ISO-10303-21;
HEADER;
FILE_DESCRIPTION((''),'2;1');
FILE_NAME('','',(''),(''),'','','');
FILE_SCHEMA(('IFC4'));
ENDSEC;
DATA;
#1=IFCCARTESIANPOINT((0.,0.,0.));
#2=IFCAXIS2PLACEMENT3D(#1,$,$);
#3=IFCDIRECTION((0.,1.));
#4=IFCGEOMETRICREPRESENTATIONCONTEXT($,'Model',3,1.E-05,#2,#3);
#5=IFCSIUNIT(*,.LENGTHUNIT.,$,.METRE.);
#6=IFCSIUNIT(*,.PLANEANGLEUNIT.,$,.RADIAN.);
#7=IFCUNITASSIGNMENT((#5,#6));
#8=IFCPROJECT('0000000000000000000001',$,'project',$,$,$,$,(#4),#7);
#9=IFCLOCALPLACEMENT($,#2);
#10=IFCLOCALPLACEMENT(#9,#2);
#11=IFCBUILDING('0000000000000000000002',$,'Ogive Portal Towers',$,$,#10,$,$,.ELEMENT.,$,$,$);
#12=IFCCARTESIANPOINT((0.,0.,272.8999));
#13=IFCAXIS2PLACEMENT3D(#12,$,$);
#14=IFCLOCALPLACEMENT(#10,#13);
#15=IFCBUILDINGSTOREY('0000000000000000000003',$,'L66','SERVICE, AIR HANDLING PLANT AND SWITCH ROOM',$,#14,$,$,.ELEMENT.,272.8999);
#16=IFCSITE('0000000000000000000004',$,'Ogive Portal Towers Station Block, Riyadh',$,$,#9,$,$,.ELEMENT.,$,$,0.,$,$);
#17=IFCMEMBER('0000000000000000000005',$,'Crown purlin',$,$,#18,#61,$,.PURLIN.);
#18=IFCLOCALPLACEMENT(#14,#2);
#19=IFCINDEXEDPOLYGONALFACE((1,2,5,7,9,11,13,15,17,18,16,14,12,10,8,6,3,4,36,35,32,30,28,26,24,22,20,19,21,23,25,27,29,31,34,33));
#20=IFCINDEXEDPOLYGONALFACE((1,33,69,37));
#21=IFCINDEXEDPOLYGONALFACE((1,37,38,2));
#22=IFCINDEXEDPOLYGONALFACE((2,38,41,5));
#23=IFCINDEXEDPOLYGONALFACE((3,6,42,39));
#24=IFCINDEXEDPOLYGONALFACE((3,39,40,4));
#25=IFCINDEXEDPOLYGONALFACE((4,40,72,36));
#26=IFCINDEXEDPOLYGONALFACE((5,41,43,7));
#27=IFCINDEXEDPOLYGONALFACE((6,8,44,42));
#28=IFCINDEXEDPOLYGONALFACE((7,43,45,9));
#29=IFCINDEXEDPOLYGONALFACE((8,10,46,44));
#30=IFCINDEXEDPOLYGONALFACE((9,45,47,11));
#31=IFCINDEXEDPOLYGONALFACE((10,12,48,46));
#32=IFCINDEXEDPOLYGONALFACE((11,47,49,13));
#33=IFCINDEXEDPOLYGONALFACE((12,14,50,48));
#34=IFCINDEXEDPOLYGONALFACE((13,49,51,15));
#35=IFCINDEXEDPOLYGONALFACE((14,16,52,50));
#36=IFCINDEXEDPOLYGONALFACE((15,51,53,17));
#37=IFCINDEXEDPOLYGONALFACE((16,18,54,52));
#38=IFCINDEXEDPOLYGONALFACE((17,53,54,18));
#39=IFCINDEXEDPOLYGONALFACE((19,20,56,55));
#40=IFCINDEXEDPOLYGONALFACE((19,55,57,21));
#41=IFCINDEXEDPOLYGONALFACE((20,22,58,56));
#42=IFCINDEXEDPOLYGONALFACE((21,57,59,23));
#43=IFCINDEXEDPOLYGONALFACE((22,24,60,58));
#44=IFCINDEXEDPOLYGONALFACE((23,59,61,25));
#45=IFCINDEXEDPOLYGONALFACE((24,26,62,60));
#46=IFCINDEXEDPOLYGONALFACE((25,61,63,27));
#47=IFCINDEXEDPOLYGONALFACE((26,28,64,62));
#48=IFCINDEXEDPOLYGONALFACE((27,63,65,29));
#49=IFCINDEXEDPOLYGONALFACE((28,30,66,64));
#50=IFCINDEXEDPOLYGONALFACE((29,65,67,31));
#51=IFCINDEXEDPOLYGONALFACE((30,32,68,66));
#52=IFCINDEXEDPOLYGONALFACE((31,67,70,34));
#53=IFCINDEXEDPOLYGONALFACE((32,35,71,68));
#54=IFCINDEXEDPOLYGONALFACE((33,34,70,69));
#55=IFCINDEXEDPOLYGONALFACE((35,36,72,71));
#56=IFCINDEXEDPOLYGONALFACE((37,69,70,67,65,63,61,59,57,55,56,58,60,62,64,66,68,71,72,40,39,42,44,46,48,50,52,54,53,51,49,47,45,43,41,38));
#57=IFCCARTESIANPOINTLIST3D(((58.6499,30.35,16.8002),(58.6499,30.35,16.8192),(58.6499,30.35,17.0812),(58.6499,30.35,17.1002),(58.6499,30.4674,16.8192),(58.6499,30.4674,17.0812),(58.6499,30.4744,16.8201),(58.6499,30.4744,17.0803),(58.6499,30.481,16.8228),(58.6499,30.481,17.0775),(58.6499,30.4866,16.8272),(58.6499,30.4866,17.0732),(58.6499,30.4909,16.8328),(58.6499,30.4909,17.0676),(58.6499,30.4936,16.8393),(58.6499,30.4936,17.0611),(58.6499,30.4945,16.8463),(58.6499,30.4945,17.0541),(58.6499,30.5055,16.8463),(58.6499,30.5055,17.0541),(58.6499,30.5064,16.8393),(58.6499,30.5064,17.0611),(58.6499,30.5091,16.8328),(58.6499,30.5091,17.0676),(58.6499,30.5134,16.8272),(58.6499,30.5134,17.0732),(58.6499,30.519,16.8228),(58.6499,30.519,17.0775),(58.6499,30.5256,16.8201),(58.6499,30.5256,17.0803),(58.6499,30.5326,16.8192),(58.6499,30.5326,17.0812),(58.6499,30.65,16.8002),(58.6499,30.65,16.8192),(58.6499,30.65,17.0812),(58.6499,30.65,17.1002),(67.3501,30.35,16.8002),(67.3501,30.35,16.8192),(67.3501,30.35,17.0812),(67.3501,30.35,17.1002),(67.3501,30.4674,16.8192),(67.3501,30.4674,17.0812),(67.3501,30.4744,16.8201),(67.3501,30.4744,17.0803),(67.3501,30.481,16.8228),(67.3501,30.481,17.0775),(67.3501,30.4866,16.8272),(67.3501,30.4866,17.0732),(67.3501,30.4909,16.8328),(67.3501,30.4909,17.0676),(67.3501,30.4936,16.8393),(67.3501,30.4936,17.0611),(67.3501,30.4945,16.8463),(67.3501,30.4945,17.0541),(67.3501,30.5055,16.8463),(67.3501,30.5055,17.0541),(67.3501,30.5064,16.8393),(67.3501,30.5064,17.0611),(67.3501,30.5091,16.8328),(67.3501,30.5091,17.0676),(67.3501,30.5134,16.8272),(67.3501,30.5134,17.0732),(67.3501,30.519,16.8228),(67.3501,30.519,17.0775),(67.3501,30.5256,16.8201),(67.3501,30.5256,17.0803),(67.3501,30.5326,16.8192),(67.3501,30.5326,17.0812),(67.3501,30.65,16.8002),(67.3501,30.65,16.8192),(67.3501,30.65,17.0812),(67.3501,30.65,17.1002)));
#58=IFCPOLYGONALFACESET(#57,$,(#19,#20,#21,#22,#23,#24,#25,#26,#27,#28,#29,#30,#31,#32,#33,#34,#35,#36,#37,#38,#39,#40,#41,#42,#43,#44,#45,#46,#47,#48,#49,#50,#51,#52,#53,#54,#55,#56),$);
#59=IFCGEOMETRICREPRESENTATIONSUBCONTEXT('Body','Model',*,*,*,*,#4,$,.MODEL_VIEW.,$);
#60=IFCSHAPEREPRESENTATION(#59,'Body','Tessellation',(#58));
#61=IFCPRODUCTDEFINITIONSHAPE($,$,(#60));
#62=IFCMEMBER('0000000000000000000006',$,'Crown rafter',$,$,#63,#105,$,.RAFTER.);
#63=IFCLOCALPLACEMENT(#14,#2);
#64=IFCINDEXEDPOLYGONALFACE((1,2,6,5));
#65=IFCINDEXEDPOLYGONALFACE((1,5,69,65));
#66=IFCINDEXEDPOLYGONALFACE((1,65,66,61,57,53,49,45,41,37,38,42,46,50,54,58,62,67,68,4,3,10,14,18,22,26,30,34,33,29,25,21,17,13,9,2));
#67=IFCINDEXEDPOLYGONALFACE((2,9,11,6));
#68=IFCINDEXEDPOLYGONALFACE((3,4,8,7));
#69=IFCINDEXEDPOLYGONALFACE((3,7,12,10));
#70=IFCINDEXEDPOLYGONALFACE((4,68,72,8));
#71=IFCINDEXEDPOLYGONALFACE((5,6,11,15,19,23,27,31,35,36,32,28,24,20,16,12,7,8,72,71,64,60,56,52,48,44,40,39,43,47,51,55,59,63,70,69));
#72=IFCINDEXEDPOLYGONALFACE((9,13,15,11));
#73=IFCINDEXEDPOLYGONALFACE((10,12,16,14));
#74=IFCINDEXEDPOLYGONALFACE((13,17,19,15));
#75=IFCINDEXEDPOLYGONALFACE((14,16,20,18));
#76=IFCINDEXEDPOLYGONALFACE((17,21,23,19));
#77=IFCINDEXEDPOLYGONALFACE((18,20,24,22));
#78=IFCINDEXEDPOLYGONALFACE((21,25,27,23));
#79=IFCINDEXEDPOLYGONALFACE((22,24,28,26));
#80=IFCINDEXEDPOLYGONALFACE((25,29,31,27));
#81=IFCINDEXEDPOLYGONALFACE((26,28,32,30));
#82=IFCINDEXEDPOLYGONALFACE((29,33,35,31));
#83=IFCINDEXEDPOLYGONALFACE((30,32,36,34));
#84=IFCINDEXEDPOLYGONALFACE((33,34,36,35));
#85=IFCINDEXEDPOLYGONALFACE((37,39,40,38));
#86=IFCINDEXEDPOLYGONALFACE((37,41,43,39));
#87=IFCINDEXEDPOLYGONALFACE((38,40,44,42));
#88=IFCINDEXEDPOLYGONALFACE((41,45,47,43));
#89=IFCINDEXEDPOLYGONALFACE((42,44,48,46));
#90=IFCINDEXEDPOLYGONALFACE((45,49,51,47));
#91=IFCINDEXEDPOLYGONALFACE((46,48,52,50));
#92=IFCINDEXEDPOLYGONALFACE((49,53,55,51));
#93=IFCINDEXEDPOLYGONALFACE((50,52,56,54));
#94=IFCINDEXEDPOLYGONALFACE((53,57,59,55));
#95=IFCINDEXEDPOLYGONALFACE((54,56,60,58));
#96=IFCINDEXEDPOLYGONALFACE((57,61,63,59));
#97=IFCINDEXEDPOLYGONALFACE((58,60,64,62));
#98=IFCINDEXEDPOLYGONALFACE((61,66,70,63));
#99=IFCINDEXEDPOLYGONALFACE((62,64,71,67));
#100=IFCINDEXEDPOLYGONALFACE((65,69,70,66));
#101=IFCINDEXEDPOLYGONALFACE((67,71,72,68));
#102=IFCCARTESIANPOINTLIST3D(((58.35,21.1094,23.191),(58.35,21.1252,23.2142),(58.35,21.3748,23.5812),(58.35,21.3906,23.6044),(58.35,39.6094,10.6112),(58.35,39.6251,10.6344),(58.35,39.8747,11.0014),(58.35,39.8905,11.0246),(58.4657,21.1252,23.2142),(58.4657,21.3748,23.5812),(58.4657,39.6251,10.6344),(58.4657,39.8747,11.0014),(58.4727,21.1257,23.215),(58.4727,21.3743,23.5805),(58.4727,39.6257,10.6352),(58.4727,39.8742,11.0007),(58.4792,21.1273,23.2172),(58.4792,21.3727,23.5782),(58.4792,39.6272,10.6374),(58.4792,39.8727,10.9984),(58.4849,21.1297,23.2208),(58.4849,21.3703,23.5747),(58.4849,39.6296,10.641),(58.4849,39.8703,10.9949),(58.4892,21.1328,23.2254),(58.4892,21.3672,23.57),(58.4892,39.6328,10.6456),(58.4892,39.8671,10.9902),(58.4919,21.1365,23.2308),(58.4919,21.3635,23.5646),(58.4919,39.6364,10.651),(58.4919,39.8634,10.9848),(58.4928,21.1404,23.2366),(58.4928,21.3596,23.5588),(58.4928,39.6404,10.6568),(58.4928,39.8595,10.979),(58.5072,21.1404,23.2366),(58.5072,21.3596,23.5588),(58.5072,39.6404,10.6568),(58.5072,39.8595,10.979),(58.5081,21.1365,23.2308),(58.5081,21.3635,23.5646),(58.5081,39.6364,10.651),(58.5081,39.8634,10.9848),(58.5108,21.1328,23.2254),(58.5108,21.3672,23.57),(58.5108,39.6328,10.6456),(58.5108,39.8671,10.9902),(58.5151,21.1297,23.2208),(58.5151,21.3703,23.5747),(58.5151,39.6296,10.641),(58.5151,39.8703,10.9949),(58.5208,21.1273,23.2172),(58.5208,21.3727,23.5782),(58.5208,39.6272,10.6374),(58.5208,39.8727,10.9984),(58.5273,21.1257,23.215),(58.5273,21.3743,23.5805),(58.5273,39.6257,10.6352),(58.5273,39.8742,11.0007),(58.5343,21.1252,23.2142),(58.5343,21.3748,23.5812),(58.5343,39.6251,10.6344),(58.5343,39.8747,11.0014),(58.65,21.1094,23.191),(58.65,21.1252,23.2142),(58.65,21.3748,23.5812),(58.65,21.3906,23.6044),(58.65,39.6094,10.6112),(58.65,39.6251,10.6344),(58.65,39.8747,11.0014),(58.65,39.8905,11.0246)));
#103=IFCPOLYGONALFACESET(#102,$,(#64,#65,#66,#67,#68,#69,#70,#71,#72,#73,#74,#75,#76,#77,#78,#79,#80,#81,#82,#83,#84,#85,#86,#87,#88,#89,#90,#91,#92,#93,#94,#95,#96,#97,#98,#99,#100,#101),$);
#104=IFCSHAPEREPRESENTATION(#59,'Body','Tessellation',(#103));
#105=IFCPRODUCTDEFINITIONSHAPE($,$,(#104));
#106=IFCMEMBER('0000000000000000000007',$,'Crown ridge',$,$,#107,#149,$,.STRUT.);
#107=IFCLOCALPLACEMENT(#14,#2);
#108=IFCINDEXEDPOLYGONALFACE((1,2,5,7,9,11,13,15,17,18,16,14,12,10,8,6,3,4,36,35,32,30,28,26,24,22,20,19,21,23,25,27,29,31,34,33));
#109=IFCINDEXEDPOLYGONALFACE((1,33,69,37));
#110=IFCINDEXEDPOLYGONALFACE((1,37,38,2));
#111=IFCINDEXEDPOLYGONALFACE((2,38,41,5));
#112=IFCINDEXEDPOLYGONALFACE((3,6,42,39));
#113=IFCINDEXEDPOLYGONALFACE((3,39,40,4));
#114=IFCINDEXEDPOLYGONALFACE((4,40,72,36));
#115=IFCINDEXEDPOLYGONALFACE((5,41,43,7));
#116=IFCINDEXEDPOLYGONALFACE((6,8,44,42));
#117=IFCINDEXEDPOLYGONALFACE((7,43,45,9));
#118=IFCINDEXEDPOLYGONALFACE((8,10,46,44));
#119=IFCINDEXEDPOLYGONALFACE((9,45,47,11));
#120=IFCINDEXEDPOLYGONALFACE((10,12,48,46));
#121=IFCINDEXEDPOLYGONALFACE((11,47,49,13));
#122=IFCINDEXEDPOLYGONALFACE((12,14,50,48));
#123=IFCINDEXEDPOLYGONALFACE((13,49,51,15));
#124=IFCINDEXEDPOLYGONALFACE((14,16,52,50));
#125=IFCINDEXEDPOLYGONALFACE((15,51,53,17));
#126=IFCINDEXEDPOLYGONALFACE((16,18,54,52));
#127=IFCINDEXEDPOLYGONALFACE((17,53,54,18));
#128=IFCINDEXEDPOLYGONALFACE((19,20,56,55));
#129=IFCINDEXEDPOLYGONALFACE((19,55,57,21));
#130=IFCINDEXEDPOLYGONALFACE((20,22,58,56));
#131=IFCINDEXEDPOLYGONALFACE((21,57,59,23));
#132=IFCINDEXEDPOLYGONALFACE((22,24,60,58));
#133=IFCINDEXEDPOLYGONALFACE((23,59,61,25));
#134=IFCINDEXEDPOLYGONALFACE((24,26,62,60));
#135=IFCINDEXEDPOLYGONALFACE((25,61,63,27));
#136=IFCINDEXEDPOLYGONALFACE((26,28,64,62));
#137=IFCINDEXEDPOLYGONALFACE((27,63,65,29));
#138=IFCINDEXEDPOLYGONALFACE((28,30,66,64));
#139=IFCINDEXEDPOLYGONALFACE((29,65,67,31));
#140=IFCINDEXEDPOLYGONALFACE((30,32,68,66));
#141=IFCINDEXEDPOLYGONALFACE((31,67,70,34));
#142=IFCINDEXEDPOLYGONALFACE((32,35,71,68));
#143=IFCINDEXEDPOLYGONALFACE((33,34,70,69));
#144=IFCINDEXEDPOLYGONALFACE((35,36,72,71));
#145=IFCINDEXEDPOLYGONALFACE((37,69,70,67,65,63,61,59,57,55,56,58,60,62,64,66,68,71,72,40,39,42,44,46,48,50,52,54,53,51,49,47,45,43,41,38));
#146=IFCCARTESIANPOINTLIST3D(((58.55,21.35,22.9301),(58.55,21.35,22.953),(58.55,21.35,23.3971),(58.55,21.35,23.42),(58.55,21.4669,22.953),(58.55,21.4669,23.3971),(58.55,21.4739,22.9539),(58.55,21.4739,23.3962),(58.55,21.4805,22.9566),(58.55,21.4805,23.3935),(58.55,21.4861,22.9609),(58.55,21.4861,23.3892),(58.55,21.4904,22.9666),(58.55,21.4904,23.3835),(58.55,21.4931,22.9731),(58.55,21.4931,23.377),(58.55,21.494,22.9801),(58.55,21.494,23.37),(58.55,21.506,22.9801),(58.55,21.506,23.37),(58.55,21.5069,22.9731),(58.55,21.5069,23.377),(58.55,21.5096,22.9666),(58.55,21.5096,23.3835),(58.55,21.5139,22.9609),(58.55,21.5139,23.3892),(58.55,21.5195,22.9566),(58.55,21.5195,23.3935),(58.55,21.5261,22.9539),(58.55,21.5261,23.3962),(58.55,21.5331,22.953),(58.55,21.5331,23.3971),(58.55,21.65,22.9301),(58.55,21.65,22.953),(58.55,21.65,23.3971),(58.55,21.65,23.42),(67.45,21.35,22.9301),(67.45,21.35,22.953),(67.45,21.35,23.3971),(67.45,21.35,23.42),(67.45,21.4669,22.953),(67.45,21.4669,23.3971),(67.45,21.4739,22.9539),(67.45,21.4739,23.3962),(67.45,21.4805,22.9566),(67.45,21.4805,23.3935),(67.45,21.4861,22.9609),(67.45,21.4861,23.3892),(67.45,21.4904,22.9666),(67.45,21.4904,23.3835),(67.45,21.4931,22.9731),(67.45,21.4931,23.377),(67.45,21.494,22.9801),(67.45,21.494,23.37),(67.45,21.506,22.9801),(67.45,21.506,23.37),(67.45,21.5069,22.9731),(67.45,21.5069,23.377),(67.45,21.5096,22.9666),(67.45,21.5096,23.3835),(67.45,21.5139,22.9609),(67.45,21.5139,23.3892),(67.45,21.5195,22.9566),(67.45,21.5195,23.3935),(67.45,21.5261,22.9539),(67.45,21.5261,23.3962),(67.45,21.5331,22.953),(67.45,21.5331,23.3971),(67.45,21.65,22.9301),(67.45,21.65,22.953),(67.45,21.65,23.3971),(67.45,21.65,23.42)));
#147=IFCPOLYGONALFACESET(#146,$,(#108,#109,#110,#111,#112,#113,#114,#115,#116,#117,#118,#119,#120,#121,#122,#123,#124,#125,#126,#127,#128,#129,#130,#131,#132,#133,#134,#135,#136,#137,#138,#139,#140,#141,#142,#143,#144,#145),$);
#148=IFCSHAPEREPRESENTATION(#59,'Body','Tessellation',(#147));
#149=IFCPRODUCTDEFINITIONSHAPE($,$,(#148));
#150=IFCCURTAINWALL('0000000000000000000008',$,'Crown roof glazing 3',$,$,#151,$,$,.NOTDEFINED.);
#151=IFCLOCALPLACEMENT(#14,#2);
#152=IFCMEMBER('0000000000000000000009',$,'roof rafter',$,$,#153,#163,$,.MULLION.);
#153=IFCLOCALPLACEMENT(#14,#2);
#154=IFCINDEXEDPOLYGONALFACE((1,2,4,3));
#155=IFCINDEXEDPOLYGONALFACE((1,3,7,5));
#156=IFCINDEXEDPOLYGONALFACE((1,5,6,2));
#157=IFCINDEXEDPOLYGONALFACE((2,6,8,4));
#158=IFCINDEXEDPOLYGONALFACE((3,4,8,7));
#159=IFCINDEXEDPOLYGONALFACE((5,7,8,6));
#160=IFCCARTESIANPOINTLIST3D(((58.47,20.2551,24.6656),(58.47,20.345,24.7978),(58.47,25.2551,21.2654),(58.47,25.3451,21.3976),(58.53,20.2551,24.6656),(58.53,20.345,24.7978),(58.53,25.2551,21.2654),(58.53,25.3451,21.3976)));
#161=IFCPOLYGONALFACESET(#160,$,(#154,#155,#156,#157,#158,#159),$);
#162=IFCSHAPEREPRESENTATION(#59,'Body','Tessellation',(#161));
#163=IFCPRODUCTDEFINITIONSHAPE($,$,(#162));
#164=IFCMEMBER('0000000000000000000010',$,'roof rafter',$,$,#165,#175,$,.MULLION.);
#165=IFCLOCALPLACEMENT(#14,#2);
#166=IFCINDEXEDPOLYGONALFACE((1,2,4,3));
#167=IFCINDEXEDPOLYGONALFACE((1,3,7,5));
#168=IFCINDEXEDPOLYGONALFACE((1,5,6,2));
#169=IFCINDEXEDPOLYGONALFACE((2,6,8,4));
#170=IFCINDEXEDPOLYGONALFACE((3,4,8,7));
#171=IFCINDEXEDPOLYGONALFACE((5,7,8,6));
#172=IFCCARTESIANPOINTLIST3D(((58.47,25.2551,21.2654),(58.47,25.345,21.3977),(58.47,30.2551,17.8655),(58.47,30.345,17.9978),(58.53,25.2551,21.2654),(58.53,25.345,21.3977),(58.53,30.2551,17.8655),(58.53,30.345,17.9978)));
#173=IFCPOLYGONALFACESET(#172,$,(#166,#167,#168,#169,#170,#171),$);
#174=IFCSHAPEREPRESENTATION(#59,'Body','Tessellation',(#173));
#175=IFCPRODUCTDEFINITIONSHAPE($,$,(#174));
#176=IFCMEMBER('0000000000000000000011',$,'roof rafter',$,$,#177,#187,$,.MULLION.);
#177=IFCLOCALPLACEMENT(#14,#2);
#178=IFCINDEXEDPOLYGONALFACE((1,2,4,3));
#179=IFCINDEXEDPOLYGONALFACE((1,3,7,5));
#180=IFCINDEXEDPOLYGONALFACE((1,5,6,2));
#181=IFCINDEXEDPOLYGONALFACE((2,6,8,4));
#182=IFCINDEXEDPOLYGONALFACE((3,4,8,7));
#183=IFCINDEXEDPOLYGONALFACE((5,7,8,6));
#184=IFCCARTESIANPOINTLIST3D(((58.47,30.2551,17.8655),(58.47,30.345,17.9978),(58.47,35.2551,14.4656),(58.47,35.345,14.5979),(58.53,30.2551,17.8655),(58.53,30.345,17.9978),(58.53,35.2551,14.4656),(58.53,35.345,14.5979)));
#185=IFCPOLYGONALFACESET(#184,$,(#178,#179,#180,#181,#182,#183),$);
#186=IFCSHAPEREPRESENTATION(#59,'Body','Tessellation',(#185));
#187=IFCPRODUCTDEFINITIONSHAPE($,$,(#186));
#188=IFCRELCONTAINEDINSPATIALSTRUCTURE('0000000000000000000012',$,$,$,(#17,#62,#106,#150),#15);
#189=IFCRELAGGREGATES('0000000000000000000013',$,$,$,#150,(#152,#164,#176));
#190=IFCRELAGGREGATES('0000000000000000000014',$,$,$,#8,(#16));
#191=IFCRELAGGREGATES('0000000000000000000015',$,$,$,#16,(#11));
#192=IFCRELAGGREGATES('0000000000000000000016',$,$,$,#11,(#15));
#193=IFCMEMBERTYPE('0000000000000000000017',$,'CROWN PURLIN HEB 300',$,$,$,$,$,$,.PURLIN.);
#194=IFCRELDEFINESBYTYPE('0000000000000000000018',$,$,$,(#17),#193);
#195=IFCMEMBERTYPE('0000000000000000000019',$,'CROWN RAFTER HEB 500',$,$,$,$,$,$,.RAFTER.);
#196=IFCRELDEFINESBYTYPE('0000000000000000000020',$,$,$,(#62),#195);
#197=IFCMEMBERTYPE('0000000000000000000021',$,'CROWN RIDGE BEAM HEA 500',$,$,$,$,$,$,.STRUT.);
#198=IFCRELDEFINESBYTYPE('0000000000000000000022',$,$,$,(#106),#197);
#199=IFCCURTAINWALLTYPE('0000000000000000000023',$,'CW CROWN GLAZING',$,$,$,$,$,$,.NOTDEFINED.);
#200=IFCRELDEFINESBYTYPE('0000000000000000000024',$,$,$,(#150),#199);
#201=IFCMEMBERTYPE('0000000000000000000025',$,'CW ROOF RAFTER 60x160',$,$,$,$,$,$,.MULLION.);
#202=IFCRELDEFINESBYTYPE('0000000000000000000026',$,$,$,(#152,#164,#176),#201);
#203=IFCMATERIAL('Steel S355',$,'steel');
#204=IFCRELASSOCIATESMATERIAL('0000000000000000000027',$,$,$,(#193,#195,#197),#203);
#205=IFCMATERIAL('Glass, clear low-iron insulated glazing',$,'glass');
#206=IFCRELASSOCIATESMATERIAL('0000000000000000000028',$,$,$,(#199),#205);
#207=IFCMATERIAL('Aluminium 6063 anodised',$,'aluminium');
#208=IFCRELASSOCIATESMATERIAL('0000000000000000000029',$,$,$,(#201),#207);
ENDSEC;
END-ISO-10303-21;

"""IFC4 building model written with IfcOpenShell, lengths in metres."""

from ifc_helpers import new_model, si_unit, direction, frame, origin, origin_2d, place, context, subcontext, project, spatial, rectangle, i_section, extrude, material, material_profile, profile_set, type_object, element, aggregate, save


model = new_model("IFC4")

# Units and contexts
model_context = context("Model", 3, precision=1e-05, world=origin(), true_north=direction((0.0, 1.0)))
body_context = subcontext(model_context, "Body", "Model", "MODEL_VIEW")
ifc_project = project(units=[si_unit("LENGTHUNIT", "METRE"), si_unit("PLANEANGLEUNIT", "RADIAN")], contexts=[model_context])

# Site, building, storey
site_placement = place(None, origin())
site = spatial("IfcSite", under=ifc_project, at=site_placement, Name="Ogive Portal Towers Station Block, Riyadh", CompositionType="ELEMENT", RefElevation=0.0)
building_placement = place(site_placement, origin())
building = spatial("IfcBuilding", under=site, at=building_placement, Name="Ogive Portal Towers", CompositionType="ELEMENT")
storey_placement = place(building_placement, frame((0.0, 0.0, 272.8999)))
storey = spatial("IfcBuildingStorey", under=building, at=storey_placement, Name="L66", Description="SERVICE, AIR HANDLING PLANT AND SWITCH ROOM", CompositionType="ELEMENT", Elevation=272.8999)

# Members
ifc_material_1 = material(Name="Steel S355", Category="steel")
ifc_material_profile_1 = material_profile(ifc_material_1, i_section(OverallWidth=0.3, OverallDepth=0.3, WebThickness=0.011, FlangeThickness=0.019, FilletRadius=0.0271, at=origin_2d()), Name="HEB 300")
ifc_profile_set_1 = profile_set([ifc_material_profile_1], Name="Steel S355")
member_type_1 = type_object("IfcMemberType", Name="CROWN PURLIN HEB 300", PredefinedType="PURLIN", material=ifc_profile_set_1)
member_1_placement = place(storey_placement, frame((58.6499, 30.5, 16.9502), z_axis=(1.0, 0.0, 0.0), x_axis=(0.0, 1.0, 0.0)))
element("IfcMember", 1, at=member_1_placement, inside=storey, type_object=member_type_1, Name="Crown purlin", PredefinedType="PURLIN", context=body_context, shape_type="SweptSolid", body=[
    extrude(i_section(OverallWidth=0.3, OverallDepth=0.3, WebThickness=0.011, FlangeThickness=0.019, FilletRadius=0.0271, at=origin_2d()), origin(), (0.0, 0.0, 1.0), 8.7002),
])
ifc_material_profile_2 = material_profile(ifc_material_1, i_section(OverallWidth=0.3, OverallDepth=0.5, WebThickness=0.0144, FlangeThickness=0.0281, FilletRadius=0.0271, at=origin_2d()), Name="HEB 500")
ifc_profile_set_2 = profile_set([ifc_material_profile_2], Name="Steel S355")
member_type_2 = type_object("IfcMemberType", Name="CROWN RAFTER HEB 500", PredefinedType="RAFTER", material=ifc_profile_set_2)
member_2_placement = place(storey_placement, frame((58.5, 21.25, 23.3977), z_axis=(0.0, 0.82693, -0.562305), x_axis=(-1.0, 0.0, 0.0)))
element("IfcMember", 2, at=member_2_placement, inside=storey, type_object=member_type_2, Name="Crown rafter", PredefinedType="RAFTER", context=body_context, shape_type="SweptSolid", body=[
    extrude(i_section(OverallWidth=0.3, OverallDepth=0.5, WebThickness=0.0144, FlangeThickness=0.0281, FilletRadius=0.0271, at=origin_2d()), origin(), (0.0, 0.0, 1.0), 22.3718),
])
ifc_material_profile_3 = material_profile(ifc_material_1, i_section(OverallWidth=0.3, OverallDepth=0.49, WebThickness=0.012, FlangeThickness=0.0229, FilletRadius=0.0271, at=origin_2d()), Name="HEA 500")
ifc_profile_set_3 = profile_set([ifc_material_profile_3], Name="Steel S355")
member_type_3 = type_object("IfcMemberType", Name="CROWN RIDGE BEAM HEA 500", PredefinedType="STRUT", material=ifc_profile_set_3)
member_3_placement = place(storey_placement, frame((58.55, 21.5, 23.175), z_axis=(1.0, 0.0, 0.0), x_axis=(0.0, 1.0, 0.0)))
element("IfcMember", 3, at=member_3_placement, inside=storey, type_object=member_type_3, Name="Crown ridge", PredefinedType="STRUT", context=body_context, shape_type="SweptSolid", body=[
    extrude(i_section(OverallWidth=0.3, OverallDepth=0.49, WebThickness=0.012, FlangeThickness=0.0229, FilletRadius=0.0271, at=origin_2d()), origin(), (0.0, 0.0, 1.0), 8.8999),
])

# Curtain wall, members
ifc_material_2 = material(Name="Glass, clear low-iron insulated glazing", Category="glass")
curtain_wall_type = type_object("IfcCurtainWallType", Name="CW CROWN GLAZING", PredefinedType="NOTDEFINED", material=ifc_material_2)
curtain_wall_placement = place(storey_placement, origin())
curtain_wall = element("IfcCurtainWall", 4, at=curtain_wall_placement, inside=storey, type_object=curtain_wall_type, Name="Crown roof glazing 3", PredefinedType="NOTDEFINED")
ifc_material_3 = material(Name="Aluminium 6063 anodised", Category="aluminium")
ifc_material_profile_4 = material_profile(ifc_material_3, rectangle(XDim=0.0601, YDim=0.1599, at=origin_2d()), Name="AL 60x160 rafter")
ifc_profile_set_4 = profile_set([ifc_material_profile_4], Name="Aluminium 6063 anodised")
member_type_4 = type_object("IfcMemberType", Name="CW ROOF RAFTER 60x160", PredefinedType="MULLION", material=ifc_profile_set_4)
member_4_placement = place(storey_placement, frame((58.5, 20.3, 24.7317), z_axis=(0.0, 0.826915, -0.562327), x_axis=(-1.0, 0.0, 0.0)))
member_4 = element("IfcMember", 5, at=member_4_placement, type_object=member_type_4, Name="roof rafter", PredefinedType="MULLION", context=body_context, shape_type="SweptSolid", body=[
    extrude(rectangle(XDim=0.0601, YDim=0.1599, at=origin_2d()), origin(), (0.0, 0.0, 1.0), 6.0466),
])
member_5_placement = place(storey_placement, frame((58.5, 25.3, 21.3315), z_axis=(0.0, 0.826934, -0.562299), x_axis=(-1.0, 0.0, 0.0)))
member_5 = element("IfcMember", 6, at=member_5_placement, type_object=member_type_4, Name="roof rafter", PredefinedType="MULLION", context=body_context, shape_type="SweptSolid", body=[
    extrude(rectangle(XDim=0.0601, YDim=0.1599, at=origin_2d()), origin(), (0.0, 0.0, 1.0), 6.0464),
])
member_6_placement = place(storey_placement, frame((58.5, 30.3, 17.9316), z_axis=(0.0, 0.826934, -0.562299), x_axis=(-1.0, 0.0, 0.0)))
member_6 = element("IfcMember", 7, at=member_6_placement, type_object=member_type_4, Name="roof rafter", PredefinedType="MULLION", context=body_context, shape_type="SweptSolid", body=[
    extrude(rectangle(XDim=0.0601, YDim=0.1599, at=origin_2d()), origin(), (0.0, 0.0, 1.0), 6.0464),
])
aggregate(curtain_wall, [member_4, member_5, member_6])

save(model, "model.ifc")
